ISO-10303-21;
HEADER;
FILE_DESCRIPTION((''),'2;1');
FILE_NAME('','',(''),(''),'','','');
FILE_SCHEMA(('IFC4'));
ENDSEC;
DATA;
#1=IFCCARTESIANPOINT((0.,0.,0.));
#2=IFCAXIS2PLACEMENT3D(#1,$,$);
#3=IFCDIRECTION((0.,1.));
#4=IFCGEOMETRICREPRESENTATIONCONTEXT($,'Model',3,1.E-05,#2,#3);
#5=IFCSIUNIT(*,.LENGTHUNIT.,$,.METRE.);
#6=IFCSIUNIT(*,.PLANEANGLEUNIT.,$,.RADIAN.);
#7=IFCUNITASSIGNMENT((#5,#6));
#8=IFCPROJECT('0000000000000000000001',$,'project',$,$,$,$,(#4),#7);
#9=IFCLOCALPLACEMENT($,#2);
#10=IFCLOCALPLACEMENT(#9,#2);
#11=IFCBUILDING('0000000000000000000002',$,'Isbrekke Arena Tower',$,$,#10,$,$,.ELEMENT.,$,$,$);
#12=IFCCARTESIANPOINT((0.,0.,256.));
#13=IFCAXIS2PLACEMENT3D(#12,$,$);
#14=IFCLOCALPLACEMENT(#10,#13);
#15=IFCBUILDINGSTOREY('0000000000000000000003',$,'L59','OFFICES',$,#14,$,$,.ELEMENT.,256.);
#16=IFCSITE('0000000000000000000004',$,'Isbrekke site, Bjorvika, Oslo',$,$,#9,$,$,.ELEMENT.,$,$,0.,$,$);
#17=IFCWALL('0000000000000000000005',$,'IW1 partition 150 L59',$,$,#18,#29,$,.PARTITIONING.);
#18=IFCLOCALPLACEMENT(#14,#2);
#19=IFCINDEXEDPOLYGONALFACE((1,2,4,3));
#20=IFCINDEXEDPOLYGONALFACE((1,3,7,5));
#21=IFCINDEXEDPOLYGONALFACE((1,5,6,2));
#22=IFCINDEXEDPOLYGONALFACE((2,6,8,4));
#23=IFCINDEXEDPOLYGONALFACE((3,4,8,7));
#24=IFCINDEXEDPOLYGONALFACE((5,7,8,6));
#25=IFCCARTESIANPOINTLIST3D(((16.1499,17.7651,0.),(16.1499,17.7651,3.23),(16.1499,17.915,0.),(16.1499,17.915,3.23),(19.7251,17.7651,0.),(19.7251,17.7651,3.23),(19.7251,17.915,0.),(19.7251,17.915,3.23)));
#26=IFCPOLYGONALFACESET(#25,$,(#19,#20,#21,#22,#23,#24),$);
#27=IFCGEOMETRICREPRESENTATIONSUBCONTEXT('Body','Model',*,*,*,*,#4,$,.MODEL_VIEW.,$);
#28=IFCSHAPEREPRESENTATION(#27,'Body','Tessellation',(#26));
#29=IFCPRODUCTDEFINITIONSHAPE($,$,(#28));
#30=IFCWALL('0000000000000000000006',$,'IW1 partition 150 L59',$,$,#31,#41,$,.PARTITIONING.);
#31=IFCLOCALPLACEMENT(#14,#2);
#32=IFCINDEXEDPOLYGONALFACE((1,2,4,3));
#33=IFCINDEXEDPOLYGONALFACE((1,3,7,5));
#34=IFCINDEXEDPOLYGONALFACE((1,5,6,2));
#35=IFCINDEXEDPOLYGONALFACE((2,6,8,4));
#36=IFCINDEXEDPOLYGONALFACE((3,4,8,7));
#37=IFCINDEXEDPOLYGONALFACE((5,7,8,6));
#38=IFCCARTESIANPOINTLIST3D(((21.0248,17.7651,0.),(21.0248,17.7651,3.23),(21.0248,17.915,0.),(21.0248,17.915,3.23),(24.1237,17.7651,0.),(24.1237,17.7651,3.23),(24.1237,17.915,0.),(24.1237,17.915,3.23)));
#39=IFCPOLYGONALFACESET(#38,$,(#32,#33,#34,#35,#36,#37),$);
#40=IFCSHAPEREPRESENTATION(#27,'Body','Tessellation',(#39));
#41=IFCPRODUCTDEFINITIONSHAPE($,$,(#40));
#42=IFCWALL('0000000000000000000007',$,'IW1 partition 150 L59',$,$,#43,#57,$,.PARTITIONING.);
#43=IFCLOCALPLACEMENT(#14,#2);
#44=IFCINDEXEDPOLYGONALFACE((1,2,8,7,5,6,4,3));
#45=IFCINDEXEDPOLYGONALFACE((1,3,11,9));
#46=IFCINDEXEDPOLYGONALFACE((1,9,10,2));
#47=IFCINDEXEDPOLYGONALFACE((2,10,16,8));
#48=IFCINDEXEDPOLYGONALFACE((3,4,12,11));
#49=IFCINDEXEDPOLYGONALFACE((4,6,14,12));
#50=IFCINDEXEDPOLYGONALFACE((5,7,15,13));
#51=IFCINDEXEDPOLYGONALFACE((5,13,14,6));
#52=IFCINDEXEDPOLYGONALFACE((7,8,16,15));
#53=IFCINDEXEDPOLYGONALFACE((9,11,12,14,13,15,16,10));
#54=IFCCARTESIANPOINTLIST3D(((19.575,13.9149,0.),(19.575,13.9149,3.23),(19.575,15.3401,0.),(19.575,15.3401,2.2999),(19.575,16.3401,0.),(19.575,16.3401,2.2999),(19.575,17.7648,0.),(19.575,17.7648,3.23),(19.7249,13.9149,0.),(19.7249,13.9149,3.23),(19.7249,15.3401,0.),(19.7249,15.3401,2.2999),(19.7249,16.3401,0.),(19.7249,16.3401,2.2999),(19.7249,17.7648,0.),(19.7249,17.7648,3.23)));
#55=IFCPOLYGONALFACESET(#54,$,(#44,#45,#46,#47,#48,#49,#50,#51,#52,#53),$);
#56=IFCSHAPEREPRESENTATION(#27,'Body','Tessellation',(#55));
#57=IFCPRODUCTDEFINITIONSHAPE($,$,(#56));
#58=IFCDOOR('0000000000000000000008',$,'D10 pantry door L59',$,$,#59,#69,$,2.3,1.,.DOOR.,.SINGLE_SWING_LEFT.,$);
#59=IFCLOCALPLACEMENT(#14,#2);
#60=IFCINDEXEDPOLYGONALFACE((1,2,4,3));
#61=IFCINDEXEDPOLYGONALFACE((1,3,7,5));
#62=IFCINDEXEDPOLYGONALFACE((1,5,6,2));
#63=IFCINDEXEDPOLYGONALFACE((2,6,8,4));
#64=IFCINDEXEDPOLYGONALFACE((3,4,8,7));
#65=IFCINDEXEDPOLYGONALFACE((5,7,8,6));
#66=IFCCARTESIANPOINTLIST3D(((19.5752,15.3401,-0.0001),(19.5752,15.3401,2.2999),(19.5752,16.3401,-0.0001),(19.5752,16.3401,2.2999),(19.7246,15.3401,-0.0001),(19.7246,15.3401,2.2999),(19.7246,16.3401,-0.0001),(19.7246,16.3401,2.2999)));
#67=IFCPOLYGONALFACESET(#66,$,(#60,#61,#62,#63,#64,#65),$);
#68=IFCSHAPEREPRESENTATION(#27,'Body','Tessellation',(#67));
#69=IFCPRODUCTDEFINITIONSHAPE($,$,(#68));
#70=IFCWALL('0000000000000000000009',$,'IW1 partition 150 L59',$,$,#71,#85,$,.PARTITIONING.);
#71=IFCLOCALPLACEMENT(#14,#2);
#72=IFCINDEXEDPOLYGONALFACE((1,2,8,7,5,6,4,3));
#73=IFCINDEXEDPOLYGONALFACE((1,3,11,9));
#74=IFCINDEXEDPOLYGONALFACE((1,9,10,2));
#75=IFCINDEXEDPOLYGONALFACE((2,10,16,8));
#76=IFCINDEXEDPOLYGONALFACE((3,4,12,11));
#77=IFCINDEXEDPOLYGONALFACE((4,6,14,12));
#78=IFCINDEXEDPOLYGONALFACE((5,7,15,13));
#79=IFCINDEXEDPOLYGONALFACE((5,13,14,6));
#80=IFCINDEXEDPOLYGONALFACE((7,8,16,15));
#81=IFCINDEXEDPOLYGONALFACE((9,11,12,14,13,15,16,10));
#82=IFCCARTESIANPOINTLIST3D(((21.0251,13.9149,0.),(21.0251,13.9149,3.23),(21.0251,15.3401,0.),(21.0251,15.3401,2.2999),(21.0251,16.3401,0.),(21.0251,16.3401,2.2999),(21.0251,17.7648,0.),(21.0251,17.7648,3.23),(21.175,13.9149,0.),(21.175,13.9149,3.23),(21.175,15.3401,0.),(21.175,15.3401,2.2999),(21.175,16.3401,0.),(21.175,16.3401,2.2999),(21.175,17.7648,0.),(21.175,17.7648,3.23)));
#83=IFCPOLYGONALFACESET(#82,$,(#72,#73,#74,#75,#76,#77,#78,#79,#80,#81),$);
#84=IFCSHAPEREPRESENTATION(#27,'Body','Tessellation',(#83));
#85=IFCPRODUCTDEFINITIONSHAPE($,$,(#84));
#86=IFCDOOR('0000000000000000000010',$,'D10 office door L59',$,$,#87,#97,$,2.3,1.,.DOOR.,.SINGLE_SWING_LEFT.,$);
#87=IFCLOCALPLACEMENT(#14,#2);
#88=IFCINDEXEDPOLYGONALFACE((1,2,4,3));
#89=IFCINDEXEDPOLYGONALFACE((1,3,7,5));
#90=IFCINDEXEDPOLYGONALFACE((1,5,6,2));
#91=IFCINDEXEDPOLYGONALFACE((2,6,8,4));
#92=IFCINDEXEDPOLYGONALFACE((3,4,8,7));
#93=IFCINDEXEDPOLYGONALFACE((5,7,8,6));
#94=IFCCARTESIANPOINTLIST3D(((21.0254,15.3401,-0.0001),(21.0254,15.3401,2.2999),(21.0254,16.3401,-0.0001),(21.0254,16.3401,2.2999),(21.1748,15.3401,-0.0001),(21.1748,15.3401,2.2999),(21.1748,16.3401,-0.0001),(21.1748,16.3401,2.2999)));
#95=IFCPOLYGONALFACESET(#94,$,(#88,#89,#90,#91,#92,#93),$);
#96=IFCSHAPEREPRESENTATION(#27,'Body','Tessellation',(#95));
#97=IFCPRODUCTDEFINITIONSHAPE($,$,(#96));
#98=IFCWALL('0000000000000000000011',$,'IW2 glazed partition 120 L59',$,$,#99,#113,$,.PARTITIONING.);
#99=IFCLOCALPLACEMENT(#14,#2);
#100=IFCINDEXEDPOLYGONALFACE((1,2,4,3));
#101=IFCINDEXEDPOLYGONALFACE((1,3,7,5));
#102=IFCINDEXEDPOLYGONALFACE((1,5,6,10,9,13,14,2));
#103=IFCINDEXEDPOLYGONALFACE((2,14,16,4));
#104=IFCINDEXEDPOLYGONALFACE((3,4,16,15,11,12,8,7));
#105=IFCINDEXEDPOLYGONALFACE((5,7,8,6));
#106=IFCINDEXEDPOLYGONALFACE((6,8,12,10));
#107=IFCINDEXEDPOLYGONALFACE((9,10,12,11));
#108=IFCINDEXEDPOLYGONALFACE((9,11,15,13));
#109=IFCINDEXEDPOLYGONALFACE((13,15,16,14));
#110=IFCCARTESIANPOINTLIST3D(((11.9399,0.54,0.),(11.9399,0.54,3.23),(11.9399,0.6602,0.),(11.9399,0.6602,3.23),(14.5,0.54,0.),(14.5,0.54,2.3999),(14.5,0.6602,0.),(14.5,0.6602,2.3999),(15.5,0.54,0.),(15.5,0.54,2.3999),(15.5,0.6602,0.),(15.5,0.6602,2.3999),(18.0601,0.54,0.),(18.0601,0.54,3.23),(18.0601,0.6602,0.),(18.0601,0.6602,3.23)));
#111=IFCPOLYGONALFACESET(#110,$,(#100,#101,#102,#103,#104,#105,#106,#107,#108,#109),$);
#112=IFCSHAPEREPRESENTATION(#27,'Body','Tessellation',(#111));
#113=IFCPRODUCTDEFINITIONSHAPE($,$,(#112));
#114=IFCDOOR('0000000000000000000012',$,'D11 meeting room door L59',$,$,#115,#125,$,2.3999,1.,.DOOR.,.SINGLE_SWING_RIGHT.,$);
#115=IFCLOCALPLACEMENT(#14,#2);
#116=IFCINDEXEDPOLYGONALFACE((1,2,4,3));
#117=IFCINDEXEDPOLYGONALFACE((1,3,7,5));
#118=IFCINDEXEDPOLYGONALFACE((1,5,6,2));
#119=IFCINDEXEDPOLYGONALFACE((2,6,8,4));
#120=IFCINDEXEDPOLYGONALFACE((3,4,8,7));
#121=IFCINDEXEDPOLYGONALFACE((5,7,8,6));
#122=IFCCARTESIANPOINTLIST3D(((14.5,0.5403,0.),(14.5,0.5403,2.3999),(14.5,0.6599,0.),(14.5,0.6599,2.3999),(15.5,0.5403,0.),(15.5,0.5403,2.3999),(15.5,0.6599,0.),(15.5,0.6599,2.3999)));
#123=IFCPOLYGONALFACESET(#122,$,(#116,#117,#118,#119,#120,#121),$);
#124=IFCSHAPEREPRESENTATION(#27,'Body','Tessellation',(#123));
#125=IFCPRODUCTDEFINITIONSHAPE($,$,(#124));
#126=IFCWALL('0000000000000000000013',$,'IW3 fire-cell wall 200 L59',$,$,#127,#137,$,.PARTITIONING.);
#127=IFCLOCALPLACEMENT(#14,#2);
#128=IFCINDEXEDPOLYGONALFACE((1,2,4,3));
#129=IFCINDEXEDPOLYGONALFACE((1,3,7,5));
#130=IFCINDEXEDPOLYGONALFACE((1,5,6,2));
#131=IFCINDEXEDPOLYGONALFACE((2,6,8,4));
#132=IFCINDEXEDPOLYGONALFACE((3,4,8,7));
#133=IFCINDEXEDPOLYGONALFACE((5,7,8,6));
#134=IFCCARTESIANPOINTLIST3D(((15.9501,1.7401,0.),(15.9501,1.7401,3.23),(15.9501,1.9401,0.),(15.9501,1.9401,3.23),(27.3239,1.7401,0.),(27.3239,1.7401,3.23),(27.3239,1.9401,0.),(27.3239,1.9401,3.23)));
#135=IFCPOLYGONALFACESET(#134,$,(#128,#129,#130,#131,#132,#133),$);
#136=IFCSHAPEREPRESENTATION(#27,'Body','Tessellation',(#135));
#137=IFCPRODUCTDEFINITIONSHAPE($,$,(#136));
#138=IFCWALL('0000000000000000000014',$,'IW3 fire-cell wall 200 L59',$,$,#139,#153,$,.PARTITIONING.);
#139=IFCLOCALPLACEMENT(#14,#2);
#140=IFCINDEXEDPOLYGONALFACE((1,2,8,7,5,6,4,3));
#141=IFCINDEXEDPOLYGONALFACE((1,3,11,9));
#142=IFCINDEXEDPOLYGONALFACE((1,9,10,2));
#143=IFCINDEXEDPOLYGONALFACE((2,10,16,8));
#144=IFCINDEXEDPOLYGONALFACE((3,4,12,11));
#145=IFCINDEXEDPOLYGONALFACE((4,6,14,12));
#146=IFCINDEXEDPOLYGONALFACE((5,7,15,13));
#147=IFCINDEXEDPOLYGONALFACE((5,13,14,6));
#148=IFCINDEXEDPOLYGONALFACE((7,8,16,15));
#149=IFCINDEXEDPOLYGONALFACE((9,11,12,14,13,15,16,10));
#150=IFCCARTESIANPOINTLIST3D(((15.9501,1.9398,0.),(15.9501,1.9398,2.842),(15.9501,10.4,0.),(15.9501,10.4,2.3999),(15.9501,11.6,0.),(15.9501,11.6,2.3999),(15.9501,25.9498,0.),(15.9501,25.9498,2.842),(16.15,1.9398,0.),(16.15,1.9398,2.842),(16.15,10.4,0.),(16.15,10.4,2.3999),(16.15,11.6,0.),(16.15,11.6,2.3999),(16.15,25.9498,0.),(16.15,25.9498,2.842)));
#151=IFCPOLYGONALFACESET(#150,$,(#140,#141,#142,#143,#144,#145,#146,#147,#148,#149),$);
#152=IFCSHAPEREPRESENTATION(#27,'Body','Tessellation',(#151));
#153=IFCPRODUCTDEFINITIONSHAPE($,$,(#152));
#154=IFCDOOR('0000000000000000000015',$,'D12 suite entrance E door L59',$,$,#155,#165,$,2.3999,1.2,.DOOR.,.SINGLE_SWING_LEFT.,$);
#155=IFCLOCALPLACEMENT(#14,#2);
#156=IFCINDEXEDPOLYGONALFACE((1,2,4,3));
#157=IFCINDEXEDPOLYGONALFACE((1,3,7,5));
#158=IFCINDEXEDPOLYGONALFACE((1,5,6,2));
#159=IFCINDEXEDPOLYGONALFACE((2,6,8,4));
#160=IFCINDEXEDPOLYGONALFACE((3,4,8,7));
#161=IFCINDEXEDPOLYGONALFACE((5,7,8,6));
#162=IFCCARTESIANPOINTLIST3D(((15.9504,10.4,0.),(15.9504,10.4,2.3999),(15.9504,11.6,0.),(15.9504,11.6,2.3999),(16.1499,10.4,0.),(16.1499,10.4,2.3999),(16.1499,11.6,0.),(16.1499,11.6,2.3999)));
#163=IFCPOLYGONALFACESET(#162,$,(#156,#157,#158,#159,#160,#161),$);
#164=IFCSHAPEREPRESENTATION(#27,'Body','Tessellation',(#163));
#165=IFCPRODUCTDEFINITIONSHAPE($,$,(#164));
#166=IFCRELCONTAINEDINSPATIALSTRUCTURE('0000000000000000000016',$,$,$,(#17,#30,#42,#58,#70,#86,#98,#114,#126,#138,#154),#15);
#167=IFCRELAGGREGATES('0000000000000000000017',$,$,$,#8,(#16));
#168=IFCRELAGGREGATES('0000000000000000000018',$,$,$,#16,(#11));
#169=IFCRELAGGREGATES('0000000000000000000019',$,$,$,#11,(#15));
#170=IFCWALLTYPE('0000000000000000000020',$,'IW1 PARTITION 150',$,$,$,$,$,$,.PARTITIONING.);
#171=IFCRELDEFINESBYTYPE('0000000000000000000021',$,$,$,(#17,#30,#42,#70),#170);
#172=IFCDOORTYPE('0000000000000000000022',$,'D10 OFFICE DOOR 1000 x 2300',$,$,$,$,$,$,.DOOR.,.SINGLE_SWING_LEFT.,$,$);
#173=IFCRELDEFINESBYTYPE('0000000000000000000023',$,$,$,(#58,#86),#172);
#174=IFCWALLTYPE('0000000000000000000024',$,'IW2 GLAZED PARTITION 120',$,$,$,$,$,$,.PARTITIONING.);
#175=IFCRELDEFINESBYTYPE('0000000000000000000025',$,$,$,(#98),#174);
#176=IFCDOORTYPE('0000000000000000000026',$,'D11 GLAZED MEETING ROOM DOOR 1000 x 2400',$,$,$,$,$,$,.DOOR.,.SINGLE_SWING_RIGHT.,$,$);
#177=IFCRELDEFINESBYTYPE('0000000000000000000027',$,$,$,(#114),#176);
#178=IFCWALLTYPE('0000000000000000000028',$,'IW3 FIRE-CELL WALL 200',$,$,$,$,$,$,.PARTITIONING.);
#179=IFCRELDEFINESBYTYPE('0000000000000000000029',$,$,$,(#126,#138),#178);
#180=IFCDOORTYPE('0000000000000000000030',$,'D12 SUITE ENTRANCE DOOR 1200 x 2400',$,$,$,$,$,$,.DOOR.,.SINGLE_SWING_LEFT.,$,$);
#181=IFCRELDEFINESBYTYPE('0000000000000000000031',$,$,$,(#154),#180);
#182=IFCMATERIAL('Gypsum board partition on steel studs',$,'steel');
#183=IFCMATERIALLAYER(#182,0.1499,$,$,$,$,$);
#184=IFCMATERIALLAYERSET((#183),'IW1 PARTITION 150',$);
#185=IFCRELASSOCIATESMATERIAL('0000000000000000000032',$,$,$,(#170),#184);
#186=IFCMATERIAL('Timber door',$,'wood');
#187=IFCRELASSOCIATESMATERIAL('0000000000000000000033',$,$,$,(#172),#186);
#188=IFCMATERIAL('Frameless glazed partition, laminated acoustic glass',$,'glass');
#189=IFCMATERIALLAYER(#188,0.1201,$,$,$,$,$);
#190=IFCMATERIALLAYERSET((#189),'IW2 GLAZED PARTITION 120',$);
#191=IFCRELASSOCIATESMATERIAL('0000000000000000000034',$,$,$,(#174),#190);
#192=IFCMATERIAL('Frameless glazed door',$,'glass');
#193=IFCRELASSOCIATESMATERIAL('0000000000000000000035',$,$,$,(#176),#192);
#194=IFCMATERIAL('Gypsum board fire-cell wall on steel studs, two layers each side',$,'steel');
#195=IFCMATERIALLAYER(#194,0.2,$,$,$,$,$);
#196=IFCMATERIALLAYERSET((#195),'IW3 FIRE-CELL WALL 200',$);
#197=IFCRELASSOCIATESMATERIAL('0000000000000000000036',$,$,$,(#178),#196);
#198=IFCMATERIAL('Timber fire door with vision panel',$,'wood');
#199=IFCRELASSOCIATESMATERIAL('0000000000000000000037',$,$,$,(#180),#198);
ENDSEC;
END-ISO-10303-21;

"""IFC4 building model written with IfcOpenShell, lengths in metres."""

from ifc_helpers import new_model, si_unit, direction, frame, frame_2d, origin, place, context, subcontext, project, spatial, rectangle, extrude, material, layer, layer_set, type_object, element, fill, save


model = new_model("IFC4")

# Units and contexts
model_context = context("Model", 3, precision=1e-05, world=origin(), true_north=direction((0.0, 1.0)))
body_context = subcontext(model_context, "Body", "Model", "MODEL_VIEW")
ifc_project = project(units=[si_unit("LENGTHUNIT", "METRE"), si_unit("PLANEANGLEUNIT", "RADIAN")], contexts=[model_context])

# Site, building, storey
site_placement = place(None, origin())
site = spatial("IfcSite", under=ifc_project, at=site_placement, Name="Isbrekke site, Bjorvika, Oslo", CompositionType="ELEMENT", RefElevation=0.0)
building_placement = place(site_placement, origin())
building = spatial("IfcBuilding", under=site, at=building_placement, Name="Isbrekke Arena Tower", CompositionType="ELEMENT")
storey_placement = place(building_placement, frame((0.0, 0.0, 256.0)))
storey = spatial("IfcBuildingStorey", under=building, at=storey_placement, Name="L59", Description="OFFICES", CompositionType="ELEMENT", Elevation=256.0)

# Walls
ifc_material_1 = material(Name="Gypsum board partition on steel studs", Category="steel")
ifc_layer_1 = layer(ifc_material_1, 0.1499)
ifc_layer_set_1 = layer_set([ifc_layer_1], Name="IW1 PARTITION 150")
wall_type_1 = type_object("IfcWallType", Name="IW1 PARTITION 150", PredefinedType="PARTITIONING", material=ifc_layer_set_1)
wall_1_placement = place(storey_placement, frame((16.1499, 17.8401, 0.0), z_axis=(0.0, 0.0, 1.0), x_axis=(1.0, 0.0, 0.0)))
element("IfcWall", 1, at=wall_1_placement, inside=storey, type_object=wall_type_1, Name="IW1 partition 150 L59", PredefinedType="PARTITIONING", context=body_context, shape_type="SweptSolid", body=[
    extrude(rectangle(XDim=3.5752, YDim=0.1499, at=frame_2d((1.7876, 0.0))), origin(), (0.0, 0.0, 1.0), 3.23),
])
wall_2_placement = place(storey_placement, frame((21.0249, 17.8401, 0.0), z_axis=(0.0, 0.0, 1.0), x_axis=(1.0, 0.0, 0.0)))
element("IfcWall", 2, at=wall_2_placement, inside=storey, type_object=wall_type_1, Name="IW1 partition 150 L59", PredefinedType="PARTITIONING", context=body_context, shape_type="SweptSolid", body=[
    extrude(rectangle(XDim=3.0989, YDim=0.1499, at=frame_2d((1.5493, 0.0))), origin(), (0.0, 0.0, 1.0), 3.23),
])

# Walls, openings, doors
wall_3_placement = place(storey_placement, frame((19.6499, 13.915, 0.0), z_axis=(0.0, 0.0, 1.0), x_axis=(0.0, 1.0, 0.0)))
wall_3 = element("IfcWall", 3, at=wall_3_placement, inside=storey, type_object=wall_type_1, Name="IW1 partition 150 L59", PredefinedType="PARTITIONING", context=body_context, shape_type="SweptSolid", body=[
    extrude(rectangle(XDim=3.8499, YDim=0.1499, at=frame_2d((1.9248, 0.0))), origin(), (0.0, 0.0, 1.0), 3.23),
])
opening_1_placement = place(wall_3_placement, frame((1.425, 0.0, 0.0)))
opening_1 = element("IfcOpeningElement", 4, at=opening_1_placement, cuts=wall_3, PredefinedType="OPENING", context=body_context, shape_type="SweptSolid", body=[
    extrude(rectangle(XDim=1.0, YDim=2.3, at=frame_2d((0.5, 1.1499))), frame((0.0, 0.0898, 0.0), z_axis=(0.0, -1.0, 0.0), x_axis=(1.0, 0.0, 0.0)), (0.0, 0.0, 1.0), 0.1797),
])
ifc_material_2 = material(Name="Timber door", Category="wood")
door_type_1 = type_object("IfcDoorType", Name="D10 OFFICE DOOR 1000 x 2300", OperationType="SINGLE_SWING_LEFT", PredefinedType="DOOR", material=ifc_material_2)
door_1_placement = place(opening_1_placement, origin())
door_1 = element("IfcDoor", 5, at=door_1_placement, inside=storey, type_object=door_type_1, Name="D10 pantry door L59", OperationType="SINGLE_SWING_LEFT", OverallHeight=2.3, OverallWidth=1.0, PredefinedType="DOOR", context=body_context, shape_type="SweptSolid", body=[
    extrude(rectangle(XDim=1.0, YDim=2.3, at=frame_2d((0.5, 1.1499))), frame((0.0, 0.0747, 0.0), z_axis=(0.0, -1.0, 0.0), x_axis=(1.0, 0.0, 0.0)), (0.0, 0.0, 1.0), 0.1494),
])
fill(opening_1, door_1)
wall_4_placement = place(storey_placement, frame((21.1001, 13.915, 0.0), z_axis=(0.0, 0.0, 1.0), x_axis=(0.0, 1.0, 0.0)))
wall_4 = element("IfcWall", 6, at=wall_4_placement, inside=storey, type_object=wall_type_1, Name="IW1 partition 150 L59", PredefinedType="PARTITIONING", context=body_context, shape_type="SweptSolid", body=[
    extrude(rectangle(XDim=3.8499, YDim=0.1499, at=frame_2d((1.9248, 0.0))), origin(), (0.0, 0.0, 1.0), 3.23),
])
opening_2_placement = place(wall_4_placement, frame((1.425, 0.0, 0.0)))
opening_2 = element("IfcOpeningElement", 7, at=opening_2_placement, cuts=wall_4, PredefinedType="OPENING", context=body_context, shape_type="SweptSolid", body=[
    extrude(rectangle(XDim=1.0, YDim=2.3, at=frame_2d((0.5, 1.1499))), frame((0.0, 0.0898, 0.0), z_axis=(0.0, -1.0, 0.0), x_axis=(1.0, 0.0, 0.0)), (0.0, 0.0, 1.0), 0.1797),
])
door_2_placement = place(opening_2_placement, origin())
door_2 = element("IfcDoor", 8, at=door_2_placement, inside=storey, type_object=door_type_1, Name="D10 office door L59", OperationType="SINGLE_SWING_LEFT", OverallHeight=2.3, OverallWidth=1.0, PredefinedType="DOOR", context=body_context, shape_type="SweptSolid", body=[
    extrude(rectangle(XDim=1.0, YDim=2.3, at=frame_2d((0.5, 1.1499))), frame((0.0, 0.0747, 0.0), z_axis=(0.0, -1.0, 0.0), x_axis=(1.0, 0.0, 0.0)), (0.0, 0.0, 1.0), 0.1494),
])
fill(opening_2, door_2)
ifc_material_3 = material(Name="Frameless glazed partition, laminated acoustic glass", Category="glass")
ifc_layer_2 = layer(ifc_material_3, 0.1201)
ifc_layer_set_2 = layer_set([ifc_layer_2], Name="IW2 GLAZED PARTITION 120")
wall_type_2 = type_object("IfcWallType", Name="IW2 GLAZED PARTITION 120", PredefinedType="PARTITIONING", material=ifc_layer_set_2)
wall_5_placement = place(storey_placement, frame((11.9399, 0.6001, 0.0), z_axis=(0.0, 0.0, 1.0), x_axis=(1.0, 0.0, 0.0)))
wall_5 = element("IfcWall", 9, at=wall_5_placement, inside=storey, type_object=wall_type_2, Name="IW2 glazed partition 120 L59", PredefinedType="PARTITIONING", context=body_context, shape_type="SweptSolid", body=[
    extrude(rectangle(XDim=6.1201, YDim=0.1201, at=frame_2d((3.0601, 0.0))), origin(), (0.0, 0.0, 1.0), 3.23),
])
opening_3_placement = place(wall_5_placement, frame((2.5601, 0.0, 0.0)))
opening_3 = element("IfcOpeningElement", 10, at=opening_3_placement, cuts=wall_5, PredefinedType="OPENING", context=body_context, shape_type="SweptSolid", body=[
    extrude(rectangle(XDim=1.0, YDim=2.3999, at=frame_2d((0.5, 1.2))), frame((0.0, 0.075, 0.0), z_axis=(0.0, -1.0, 0.0), x_axis=(1.0, 0.0, 0.0)), (0.0, 0.0, 1.0), 0.1499),
])
ifc_material_4 = material(Name="Frameless glazed door", Category="glass")
door_type_2 = type_object("IfcDoorType", Name="D11 GLAZED MEETING ROOM DOOR 1000 x 2400", OperationType="SINGLE_SWING_RIGHT", PredefinedType="DOOR", material=ifc_material_4)
door_3_placement = place(opening_3_placement, origin())
door_3 = element("IfcDoor", 11, at=door_3_placement, inside=storey, type_object=door_type_2, Name="D11 meeting room door L59", OperationType="SINGLE_SWING_RIGHT", OverallHeight=2.3999, OverallWidth=1.0, PredefinedType="DOOR", context=body_context, shape_type="SweptSolid", body=[
    extrude(rectangle(XDim=1.0, YDim=2.3999, at=frame_2d((0.5, 1.2))), frame((0.0, 0.0598, 0.0), z_axis=(0.0, -1.0, 0.0), x_axis=(1.0, 0.0, 0.0)), (0.0, 0.0, 1.0), 0.1196),
])
fill(opening_3, door_3)

# Wall
ifc_material_5 = material(Name="Gypsum board fire-cell wall on steel studs, two layers each side", Category="steel")
ifc_layer_3 = layer(ifc_material_5, 0.2)
ifc_layer_set_3 = layer_set([ifc_layer_3], Name="IW3 FIRE-CELL WALL 200")
wall_type_3 = type_object("IfcWallType", Name="IW3 FIRE-CELL WALL 200", PredefinedType="PARTITIONING", material=ifc_layer_set_3)
wall_6_placement = place(storey_placement, frame((15.95, 1.8401, 0.0), z_axis=(0.0, 0.0, 1.0), x_axis=(1.0, 0.0, 0.0)))
element("IfcWall", 12, at=wall_6_placement, inside=storey, type_object=wall_type_3, Name="IW3 fire-cell wall 200 L59", PredefinedType="PARTITIONING", context=body_context, shape_type="SweptSolid", body=[
    extrude(rectangle(XDim=11.3738, YDim=0.2, at=frame_2d((5.687, 0.0))), origin(), (0.0, 0.0, 1.0), 3.23),
])

# Wall, opening, door
wall_7_placement = place(storey_placement, frame((16.05, 1.9399, 0.0), z_axis=(0.0, 0.0, 1.0), x_axis=(0.0, 1.0, 0.0)))
wall_7 = element("IfcWall", 13, at=wall_7_placement, inside=storey, type_object=wall_type_3, Name="IW3 fire-cell wall 200 L59", PredefinedType="PARTITIONING", context=body_context, shape_type="SweptSolid", body=[
    extrude(rectangle(XDim=24.01, YDim=0.2, at=frame_2d((12.0049, 0.0))), origin(), (0.0, 0.0, 1.0), 2.842),
])
opening_4_placement = place(wall_7_placement, frame((8.46, 0.0, 0.0)))
opening_4 = element("IfcOpeningElement", 14, at=opening_4_placement, cuts=wall_7, PredefinedType="OPENING", context=body_context, shape_type="SweptSolid", body=[
    extrude(rectangle(XDim=1.2, YDim=2.3999, at=frame_2d((0.6001, 1.2))), frame((0.0, 0.1147, 0.0), z_axis=(0.0, -1.0, 0.0), x_axis=(1.0, 0.0, 0.0)), (0.0, 0.0, 1.0), 0.2297),
])
ifc_material_6 = material(Name="Timber fire door with vision panel", Category="wood")
door_type_3 = type_object("IfcDoorType", Name="D12 SUITE ENTRANCE DOOR 1200 x 2400", OperationType="SINGLE_SWING_LEFT", PredefinedType="DOOR", material=ifc_material_6)
door_4_placement = place(opening_4_placement, origin())
door_4 = element("IfcDoor", 15, at=door_4_placement, inside=storey, type_object=door_type_3, Name="D12 suite entrance E door L59", OperationType="SINGLE_SWING_LEFT", OverallHeight=2.3999, OverallWidth=1.2, PredefinedType="DOOR", context=body_context, shape_type="SweptSolid", body=[
    extrude(rectangle(XDim=1.2, YDim=2.3999, at=frame_2d((0.6001, 1.2))), frame((0.0, 0.0996, 0.0), z_axis=(0.0, -1.0, 0.0), x_axis=(1.0, 0.0, 0.0)), (0.0, 0.0, 1.0), 0.1995),
])
fill(opening_4, door_4)

save(model, "model.ifc")
